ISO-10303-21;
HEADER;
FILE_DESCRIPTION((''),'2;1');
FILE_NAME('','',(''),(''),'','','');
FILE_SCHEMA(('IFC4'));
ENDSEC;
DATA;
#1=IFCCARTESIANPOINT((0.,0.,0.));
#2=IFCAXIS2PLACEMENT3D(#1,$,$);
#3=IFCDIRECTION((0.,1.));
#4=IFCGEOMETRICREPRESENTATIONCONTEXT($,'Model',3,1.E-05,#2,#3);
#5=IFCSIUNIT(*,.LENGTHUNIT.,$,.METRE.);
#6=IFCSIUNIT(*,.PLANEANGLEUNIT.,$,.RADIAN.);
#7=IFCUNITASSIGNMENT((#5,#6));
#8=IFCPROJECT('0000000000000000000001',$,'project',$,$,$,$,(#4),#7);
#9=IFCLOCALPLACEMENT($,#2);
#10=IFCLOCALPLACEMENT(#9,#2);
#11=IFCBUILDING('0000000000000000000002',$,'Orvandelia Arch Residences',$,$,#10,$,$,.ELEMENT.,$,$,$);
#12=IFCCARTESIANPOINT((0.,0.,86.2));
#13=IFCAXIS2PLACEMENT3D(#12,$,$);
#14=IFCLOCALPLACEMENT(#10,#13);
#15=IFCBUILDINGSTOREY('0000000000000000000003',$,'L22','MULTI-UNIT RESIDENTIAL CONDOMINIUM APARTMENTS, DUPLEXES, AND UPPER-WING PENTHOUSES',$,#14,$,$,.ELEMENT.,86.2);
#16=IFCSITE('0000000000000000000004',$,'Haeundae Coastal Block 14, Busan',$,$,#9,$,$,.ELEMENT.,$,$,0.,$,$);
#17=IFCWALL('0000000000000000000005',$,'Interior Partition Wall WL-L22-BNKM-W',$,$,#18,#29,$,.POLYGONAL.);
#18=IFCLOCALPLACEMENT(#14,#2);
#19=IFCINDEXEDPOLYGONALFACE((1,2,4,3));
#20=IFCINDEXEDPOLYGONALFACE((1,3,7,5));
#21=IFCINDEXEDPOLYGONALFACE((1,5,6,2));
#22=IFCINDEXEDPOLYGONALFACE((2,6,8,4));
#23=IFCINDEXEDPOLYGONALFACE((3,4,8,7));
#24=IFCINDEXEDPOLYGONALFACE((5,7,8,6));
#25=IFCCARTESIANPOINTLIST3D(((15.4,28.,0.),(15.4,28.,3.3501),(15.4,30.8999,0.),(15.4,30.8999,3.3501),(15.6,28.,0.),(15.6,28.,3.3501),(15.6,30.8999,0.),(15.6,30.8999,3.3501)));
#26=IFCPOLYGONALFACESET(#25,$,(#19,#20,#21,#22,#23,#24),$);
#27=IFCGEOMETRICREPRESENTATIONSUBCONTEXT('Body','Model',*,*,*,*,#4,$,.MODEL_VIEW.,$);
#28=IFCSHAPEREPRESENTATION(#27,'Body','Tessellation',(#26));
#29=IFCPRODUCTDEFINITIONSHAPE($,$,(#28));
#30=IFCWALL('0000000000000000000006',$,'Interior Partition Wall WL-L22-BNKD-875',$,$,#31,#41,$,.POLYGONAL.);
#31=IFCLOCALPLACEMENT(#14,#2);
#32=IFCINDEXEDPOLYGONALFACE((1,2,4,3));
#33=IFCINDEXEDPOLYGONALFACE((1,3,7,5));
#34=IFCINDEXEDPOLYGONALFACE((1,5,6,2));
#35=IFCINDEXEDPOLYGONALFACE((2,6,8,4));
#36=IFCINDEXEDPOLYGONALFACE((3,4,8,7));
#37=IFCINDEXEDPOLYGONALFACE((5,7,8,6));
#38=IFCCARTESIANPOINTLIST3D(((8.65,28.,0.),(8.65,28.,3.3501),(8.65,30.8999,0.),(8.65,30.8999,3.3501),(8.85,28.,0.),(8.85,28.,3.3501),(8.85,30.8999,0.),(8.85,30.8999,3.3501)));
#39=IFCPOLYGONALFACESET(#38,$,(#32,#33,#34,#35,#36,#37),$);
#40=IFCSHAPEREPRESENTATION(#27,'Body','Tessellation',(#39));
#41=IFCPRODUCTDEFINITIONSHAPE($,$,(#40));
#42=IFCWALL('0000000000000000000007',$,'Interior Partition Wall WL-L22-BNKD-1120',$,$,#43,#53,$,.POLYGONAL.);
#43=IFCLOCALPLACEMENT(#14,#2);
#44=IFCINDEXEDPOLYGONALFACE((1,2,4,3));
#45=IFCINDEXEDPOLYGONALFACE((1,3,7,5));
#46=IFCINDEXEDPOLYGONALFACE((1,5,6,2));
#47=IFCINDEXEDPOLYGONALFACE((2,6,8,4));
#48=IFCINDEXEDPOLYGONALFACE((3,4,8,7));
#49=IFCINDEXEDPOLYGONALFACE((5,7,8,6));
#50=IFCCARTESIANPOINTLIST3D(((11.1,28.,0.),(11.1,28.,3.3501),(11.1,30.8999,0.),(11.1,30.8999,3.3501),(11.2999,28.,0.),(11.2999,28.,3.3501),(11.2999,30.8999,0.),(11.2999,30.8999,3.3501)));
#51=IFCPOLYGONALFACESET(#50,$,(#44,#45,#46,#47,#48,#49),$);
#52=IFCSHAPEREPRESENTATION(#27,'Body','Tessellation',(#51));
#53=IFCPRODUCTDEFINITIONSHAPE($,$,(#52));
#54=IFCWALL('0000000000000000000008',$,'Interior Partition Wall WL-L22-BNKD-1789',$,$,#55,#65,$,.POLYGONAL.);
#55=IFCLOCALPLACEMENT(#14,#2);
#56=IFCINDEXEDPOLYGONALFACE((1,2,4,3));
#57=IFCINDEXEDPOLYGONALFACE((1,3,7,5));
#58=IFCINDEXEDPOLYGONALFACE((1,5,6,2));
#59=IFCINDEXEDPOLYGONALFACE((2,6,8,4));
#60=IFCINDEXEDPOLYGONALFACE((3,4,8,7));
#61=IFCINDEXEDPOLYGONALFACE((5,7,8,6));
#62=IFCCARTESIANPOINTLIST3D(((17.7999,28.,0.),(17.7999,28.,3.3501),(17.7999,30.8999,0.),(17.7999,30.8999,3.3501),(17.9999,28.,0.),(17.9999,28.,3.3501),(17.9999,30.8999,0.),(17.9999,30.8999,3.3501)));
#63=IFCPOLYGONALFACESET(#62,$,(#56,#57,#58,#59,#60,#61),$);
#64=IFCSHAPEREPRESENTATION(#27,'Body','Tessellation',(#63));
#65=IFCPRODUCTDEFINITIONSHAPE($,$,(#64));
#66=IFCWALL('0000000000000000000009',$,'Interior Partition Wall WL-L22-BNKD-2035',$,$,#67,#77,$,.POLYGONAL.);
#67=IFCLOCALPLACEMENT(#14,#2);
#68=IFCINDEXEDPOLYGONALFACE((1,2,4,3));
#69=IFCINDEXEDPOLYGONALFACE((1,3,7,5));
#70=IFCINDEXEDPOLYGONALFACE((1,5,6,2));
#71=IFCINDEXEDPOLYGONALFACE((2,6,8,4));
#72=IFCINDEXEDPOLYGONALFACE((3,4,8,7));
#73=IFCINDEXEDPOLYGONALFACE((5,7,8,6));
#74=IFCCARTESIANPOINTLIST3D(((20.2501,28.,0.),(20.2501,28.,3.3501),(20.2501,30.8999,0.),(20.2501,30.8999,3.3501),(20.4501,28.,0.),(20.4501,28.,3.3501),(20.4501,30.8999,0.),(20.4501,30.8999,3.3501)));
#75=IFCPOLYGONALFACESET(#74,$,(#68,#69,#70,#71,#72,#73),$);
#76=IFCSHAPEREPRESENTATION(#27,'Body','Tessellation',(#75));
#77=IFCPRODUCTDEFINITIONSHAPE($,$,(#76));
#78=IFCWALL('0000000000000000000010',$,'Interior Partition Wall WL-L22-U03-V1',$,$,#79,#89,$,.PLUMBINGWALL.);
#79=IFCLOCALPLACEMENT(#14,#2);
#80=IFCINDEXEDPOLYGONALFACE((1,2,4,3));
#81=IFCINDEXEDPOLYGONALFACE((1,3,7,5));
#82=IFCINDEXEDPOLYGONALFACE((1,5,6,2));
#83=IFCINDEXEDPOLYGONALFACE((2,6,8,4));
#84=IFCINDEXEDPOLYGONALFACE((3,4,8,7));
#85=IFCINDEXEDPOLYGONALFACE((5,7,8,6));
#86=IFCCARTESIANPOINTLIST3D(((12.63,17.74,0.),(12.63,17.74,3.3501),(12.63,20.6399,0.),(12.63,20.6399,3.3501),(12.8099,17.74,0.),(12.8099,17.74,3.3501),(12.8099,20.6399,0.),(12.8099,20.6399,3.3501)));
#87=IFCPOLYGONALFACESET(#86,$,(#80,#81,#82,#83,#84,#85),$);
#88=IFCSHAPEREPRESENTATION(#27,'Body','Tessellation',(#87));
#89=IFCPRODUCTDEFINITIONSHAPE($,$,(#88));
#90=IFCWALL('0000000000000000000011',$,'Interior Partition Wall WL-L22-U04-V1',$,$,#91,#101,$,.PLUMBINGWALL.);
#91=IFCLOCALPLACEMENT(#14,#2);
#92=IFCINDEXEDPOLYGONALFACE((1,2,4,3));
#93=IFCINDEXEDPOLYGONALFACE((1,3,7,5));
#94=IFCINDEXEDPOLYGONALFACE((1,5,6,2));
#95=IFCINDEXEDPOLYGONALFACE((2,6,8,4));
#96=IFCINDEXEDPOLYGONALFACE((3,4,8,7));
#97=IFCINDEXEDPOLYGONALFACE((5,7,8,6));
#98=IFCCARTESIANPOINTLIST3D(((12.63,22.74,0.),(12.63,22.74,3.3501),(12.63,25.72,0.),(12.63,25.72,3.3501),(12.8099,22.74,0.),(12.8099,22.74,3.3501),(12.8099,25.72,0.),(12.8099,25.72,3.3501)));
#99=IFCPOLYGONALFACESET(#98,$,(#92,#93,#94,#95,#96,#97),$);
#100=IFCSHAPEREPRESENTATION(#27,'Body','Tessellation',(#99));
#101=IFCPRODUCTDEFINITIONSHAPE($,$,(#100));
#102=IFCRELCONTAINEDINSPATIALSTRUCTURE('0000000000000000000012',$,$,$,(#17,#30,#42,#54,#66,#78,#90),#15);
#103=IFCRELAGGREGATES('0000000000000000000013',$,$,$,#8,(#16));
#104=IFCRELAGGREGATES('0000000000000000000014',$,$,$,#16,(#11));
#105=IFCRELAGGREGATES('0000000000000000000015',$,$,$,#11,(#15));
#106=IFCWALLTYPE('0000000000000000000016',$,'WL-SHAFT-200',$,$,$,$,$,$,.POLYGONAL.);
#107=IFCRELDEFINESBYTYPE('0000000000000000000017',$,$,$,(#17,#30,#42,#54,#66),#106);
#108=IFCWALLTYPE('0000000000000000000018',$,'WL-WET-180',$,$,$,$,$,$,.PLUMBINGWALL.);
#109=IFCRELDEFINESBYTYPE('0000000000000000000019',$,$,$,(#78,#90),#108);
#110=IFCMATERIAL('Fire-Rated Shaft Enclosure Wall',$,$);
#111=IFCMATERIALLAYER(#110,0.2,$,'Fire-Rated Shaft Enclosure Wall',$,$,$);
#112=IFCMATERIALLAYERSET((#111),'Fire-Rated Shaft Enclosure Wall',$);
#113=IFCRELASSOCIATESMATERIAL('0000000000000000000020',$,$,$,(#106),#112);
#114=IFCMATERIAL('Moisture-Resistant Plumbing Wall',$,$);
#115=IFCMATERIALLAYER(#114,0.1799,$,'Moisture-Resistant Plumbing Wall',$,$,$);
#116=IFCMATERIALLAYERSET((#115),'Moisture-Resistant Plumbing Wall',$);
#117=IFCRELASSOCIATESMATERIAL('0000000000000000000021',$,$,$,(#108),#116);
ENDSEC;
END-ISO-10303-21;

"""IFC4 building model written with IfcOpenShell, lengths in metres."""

from ifc_helpers import new_model, si_unit, direction, frame, frame_2d, origin, place, context, subcontext, project, spatial, rectangle, extrude, material, layer, layer_set, type_object, element, save


model = new_model("IFC4")

# Units and contexts
model_context = context("Model", 3, precision=1e-05, world=origin(), true_north=direction((0.0, 1.0)))
body_context = subcontext(model_context, "Body", "Model", "MODEL_VIEW")
ifc_project = project(units=[si_unit("LENGTHUNIT", "METRE"), si_unit("PLANEANGLEUNIT", "RADIAN")], contexts=[model_context])

# Site, building, storey
site_placement = place(None, origin())
site = spatial("IfcSite", under=ifc_project, at=site_placement, Name="Haeundae Coastal Block 14, Busan", CompositionType="ELEMENT", RefElevation=0.0)
building_placement = place(site_placement, origin())
building = spatial("IfcBuilding", under=site, at=building_placement, Name="Orvandelia Arch Residences", CompositionType="ELEMENT")
storey_placement = place(building_placement, frame((0.0, 0.0, 86.2)))
storey = spatial("IfcBuildingStorey", under=building, at=storey_placement, Name="L22", Description="MULTI-UNIT RESIDENTIAL CONDOMINIUM APARTMENTS, DUPLEXES, AND UPPER-WING PENTHOUSES", CompositionType="ELEMENT", Elevation=86.2)

# Shared definitions
ifc_material_1 = material(Name="Fire-Rated Shaft Enclosure Wall")
ifc_layer_1 = layer(ifc_material_1, 0.2, Name="Fire-Rated Shaft Enclosure Wall")
ifc_layer_set_1 = layer_set([ifc_layer_1], Name="Fire-Rated Shaft Enclosure Wall")
wall_type_1 = type_object("IfcWallType", Name="WL-SHAFT-200", PredefinedType="POLYGONAL", material=ifc_layer_set_1)

# Walls
for number, where, z_axis, x_axis, name in (
    (1, (15.5, 28.0, 0.0), (0.0, 0.0, 1.0), (0.0, 1.0, 0.0), "Interior Partition Wall WL-L22-BNKM-W"),
    (2, (8.75, 28.0, 0.0), (0.0, 0.0, 1.0), (0.0, 1.0, 0.0), "Interior Partition Wall WL-L22-BNKD-875"),
    (3, (11.2, 28.0, 0.0), (0.0, 0.0, 1.0), (0.0, 1.0, 0.0), "Interior Partition Wall WL-L22-BNKD-1120"),
    (4, (17.8999, 28.0, 0.0), (0.0, 0.0, 1.0), (0.0, 1.0, 0.0), "Interior Partition Wall WL-L22-BNKD-1789"),
    (5, (20.3501, 28.0, 0.0), (0.0, 0.0, 1.0), (0.0, 1.0, 0.0), "Interior Partition Wall WL-L22-BNKD-2035"),
):
    element("IfcWall", number, at=place(storey_placement, frame(where, z_axis=z_axis, x_axis=x_axis)), inside=storey, type_object=wall_type_1, Name=name, PredefinedType="POLYGONAL", context=body_context, shape_type="SweptSolid", body=[
        extrude(rectangle(XDim=2.8999, YDim=0.2, at=frame_2d((1.45, 0.0))), origin(), (0.0, 0.0, 1.0), 3.3501),
    ])
ifc_material_2 = material(Name="Moisture-Resistant Plumbing Wall")
ifc_layer_2 = layer(ifc_material_2, 0.1799, Name="Moisture-Resistant Plumbing Wall")
ifc_layer_set_2 = layer_set([ifc_layer_2], Name="Moisture-Resistant Plumbing Wall")
wall_type_2 = type_object("IfcWallType", Name="WL-WET-180", PredefinedType="PLUMBINGWALL", material=ifc_layer_set_2)
wall_1_placement = place(storey_placement, frame((12.72, 17.74, 0.0), z_axis=(0.0, 0.0, 1.0), x_axis=(0.0, 1.0, 0.0)))
element("IfcWall", 6, at=wall_1_placement, inside=storey, type_object=wall_type_2, Name="Interior Partition Wall WL-L22-U03-V1", PredefinedType="PLUMBINGWALL", context=body_context, shape_type="SweptSolid", body=[
    extrude(rectangle(XDim=2.8999, YDim=0.1799, at=frame_2d((1.45, 0.0))), origin(), (0.0, 0.0, 1.0), 3.3501),
])
wall_2_placement = place(storey_placement, frame((12.72, 22.74, 0.0), z_axis=(0.0, 0.0, 1.0), x_axis=(0.0, 1.0, 0.0)))
element("IfcWall", 7, at=wall_2_placement, inside=storey, type_object=wall_type_2, Name="Interior Partition Wall WL-L22-U04-V1", PredefinedType="PLUMBINGWALL", context=body_context, shape_type="SweptSolid", body=[
    extrude(rectangle(XDim=2.98, YDim=0.1799, at=frame_2d((1.49, 0.0))), origin(), (0.0, 0.0, 1.0), 3.3501),
])

save(model, "model.ifc")
